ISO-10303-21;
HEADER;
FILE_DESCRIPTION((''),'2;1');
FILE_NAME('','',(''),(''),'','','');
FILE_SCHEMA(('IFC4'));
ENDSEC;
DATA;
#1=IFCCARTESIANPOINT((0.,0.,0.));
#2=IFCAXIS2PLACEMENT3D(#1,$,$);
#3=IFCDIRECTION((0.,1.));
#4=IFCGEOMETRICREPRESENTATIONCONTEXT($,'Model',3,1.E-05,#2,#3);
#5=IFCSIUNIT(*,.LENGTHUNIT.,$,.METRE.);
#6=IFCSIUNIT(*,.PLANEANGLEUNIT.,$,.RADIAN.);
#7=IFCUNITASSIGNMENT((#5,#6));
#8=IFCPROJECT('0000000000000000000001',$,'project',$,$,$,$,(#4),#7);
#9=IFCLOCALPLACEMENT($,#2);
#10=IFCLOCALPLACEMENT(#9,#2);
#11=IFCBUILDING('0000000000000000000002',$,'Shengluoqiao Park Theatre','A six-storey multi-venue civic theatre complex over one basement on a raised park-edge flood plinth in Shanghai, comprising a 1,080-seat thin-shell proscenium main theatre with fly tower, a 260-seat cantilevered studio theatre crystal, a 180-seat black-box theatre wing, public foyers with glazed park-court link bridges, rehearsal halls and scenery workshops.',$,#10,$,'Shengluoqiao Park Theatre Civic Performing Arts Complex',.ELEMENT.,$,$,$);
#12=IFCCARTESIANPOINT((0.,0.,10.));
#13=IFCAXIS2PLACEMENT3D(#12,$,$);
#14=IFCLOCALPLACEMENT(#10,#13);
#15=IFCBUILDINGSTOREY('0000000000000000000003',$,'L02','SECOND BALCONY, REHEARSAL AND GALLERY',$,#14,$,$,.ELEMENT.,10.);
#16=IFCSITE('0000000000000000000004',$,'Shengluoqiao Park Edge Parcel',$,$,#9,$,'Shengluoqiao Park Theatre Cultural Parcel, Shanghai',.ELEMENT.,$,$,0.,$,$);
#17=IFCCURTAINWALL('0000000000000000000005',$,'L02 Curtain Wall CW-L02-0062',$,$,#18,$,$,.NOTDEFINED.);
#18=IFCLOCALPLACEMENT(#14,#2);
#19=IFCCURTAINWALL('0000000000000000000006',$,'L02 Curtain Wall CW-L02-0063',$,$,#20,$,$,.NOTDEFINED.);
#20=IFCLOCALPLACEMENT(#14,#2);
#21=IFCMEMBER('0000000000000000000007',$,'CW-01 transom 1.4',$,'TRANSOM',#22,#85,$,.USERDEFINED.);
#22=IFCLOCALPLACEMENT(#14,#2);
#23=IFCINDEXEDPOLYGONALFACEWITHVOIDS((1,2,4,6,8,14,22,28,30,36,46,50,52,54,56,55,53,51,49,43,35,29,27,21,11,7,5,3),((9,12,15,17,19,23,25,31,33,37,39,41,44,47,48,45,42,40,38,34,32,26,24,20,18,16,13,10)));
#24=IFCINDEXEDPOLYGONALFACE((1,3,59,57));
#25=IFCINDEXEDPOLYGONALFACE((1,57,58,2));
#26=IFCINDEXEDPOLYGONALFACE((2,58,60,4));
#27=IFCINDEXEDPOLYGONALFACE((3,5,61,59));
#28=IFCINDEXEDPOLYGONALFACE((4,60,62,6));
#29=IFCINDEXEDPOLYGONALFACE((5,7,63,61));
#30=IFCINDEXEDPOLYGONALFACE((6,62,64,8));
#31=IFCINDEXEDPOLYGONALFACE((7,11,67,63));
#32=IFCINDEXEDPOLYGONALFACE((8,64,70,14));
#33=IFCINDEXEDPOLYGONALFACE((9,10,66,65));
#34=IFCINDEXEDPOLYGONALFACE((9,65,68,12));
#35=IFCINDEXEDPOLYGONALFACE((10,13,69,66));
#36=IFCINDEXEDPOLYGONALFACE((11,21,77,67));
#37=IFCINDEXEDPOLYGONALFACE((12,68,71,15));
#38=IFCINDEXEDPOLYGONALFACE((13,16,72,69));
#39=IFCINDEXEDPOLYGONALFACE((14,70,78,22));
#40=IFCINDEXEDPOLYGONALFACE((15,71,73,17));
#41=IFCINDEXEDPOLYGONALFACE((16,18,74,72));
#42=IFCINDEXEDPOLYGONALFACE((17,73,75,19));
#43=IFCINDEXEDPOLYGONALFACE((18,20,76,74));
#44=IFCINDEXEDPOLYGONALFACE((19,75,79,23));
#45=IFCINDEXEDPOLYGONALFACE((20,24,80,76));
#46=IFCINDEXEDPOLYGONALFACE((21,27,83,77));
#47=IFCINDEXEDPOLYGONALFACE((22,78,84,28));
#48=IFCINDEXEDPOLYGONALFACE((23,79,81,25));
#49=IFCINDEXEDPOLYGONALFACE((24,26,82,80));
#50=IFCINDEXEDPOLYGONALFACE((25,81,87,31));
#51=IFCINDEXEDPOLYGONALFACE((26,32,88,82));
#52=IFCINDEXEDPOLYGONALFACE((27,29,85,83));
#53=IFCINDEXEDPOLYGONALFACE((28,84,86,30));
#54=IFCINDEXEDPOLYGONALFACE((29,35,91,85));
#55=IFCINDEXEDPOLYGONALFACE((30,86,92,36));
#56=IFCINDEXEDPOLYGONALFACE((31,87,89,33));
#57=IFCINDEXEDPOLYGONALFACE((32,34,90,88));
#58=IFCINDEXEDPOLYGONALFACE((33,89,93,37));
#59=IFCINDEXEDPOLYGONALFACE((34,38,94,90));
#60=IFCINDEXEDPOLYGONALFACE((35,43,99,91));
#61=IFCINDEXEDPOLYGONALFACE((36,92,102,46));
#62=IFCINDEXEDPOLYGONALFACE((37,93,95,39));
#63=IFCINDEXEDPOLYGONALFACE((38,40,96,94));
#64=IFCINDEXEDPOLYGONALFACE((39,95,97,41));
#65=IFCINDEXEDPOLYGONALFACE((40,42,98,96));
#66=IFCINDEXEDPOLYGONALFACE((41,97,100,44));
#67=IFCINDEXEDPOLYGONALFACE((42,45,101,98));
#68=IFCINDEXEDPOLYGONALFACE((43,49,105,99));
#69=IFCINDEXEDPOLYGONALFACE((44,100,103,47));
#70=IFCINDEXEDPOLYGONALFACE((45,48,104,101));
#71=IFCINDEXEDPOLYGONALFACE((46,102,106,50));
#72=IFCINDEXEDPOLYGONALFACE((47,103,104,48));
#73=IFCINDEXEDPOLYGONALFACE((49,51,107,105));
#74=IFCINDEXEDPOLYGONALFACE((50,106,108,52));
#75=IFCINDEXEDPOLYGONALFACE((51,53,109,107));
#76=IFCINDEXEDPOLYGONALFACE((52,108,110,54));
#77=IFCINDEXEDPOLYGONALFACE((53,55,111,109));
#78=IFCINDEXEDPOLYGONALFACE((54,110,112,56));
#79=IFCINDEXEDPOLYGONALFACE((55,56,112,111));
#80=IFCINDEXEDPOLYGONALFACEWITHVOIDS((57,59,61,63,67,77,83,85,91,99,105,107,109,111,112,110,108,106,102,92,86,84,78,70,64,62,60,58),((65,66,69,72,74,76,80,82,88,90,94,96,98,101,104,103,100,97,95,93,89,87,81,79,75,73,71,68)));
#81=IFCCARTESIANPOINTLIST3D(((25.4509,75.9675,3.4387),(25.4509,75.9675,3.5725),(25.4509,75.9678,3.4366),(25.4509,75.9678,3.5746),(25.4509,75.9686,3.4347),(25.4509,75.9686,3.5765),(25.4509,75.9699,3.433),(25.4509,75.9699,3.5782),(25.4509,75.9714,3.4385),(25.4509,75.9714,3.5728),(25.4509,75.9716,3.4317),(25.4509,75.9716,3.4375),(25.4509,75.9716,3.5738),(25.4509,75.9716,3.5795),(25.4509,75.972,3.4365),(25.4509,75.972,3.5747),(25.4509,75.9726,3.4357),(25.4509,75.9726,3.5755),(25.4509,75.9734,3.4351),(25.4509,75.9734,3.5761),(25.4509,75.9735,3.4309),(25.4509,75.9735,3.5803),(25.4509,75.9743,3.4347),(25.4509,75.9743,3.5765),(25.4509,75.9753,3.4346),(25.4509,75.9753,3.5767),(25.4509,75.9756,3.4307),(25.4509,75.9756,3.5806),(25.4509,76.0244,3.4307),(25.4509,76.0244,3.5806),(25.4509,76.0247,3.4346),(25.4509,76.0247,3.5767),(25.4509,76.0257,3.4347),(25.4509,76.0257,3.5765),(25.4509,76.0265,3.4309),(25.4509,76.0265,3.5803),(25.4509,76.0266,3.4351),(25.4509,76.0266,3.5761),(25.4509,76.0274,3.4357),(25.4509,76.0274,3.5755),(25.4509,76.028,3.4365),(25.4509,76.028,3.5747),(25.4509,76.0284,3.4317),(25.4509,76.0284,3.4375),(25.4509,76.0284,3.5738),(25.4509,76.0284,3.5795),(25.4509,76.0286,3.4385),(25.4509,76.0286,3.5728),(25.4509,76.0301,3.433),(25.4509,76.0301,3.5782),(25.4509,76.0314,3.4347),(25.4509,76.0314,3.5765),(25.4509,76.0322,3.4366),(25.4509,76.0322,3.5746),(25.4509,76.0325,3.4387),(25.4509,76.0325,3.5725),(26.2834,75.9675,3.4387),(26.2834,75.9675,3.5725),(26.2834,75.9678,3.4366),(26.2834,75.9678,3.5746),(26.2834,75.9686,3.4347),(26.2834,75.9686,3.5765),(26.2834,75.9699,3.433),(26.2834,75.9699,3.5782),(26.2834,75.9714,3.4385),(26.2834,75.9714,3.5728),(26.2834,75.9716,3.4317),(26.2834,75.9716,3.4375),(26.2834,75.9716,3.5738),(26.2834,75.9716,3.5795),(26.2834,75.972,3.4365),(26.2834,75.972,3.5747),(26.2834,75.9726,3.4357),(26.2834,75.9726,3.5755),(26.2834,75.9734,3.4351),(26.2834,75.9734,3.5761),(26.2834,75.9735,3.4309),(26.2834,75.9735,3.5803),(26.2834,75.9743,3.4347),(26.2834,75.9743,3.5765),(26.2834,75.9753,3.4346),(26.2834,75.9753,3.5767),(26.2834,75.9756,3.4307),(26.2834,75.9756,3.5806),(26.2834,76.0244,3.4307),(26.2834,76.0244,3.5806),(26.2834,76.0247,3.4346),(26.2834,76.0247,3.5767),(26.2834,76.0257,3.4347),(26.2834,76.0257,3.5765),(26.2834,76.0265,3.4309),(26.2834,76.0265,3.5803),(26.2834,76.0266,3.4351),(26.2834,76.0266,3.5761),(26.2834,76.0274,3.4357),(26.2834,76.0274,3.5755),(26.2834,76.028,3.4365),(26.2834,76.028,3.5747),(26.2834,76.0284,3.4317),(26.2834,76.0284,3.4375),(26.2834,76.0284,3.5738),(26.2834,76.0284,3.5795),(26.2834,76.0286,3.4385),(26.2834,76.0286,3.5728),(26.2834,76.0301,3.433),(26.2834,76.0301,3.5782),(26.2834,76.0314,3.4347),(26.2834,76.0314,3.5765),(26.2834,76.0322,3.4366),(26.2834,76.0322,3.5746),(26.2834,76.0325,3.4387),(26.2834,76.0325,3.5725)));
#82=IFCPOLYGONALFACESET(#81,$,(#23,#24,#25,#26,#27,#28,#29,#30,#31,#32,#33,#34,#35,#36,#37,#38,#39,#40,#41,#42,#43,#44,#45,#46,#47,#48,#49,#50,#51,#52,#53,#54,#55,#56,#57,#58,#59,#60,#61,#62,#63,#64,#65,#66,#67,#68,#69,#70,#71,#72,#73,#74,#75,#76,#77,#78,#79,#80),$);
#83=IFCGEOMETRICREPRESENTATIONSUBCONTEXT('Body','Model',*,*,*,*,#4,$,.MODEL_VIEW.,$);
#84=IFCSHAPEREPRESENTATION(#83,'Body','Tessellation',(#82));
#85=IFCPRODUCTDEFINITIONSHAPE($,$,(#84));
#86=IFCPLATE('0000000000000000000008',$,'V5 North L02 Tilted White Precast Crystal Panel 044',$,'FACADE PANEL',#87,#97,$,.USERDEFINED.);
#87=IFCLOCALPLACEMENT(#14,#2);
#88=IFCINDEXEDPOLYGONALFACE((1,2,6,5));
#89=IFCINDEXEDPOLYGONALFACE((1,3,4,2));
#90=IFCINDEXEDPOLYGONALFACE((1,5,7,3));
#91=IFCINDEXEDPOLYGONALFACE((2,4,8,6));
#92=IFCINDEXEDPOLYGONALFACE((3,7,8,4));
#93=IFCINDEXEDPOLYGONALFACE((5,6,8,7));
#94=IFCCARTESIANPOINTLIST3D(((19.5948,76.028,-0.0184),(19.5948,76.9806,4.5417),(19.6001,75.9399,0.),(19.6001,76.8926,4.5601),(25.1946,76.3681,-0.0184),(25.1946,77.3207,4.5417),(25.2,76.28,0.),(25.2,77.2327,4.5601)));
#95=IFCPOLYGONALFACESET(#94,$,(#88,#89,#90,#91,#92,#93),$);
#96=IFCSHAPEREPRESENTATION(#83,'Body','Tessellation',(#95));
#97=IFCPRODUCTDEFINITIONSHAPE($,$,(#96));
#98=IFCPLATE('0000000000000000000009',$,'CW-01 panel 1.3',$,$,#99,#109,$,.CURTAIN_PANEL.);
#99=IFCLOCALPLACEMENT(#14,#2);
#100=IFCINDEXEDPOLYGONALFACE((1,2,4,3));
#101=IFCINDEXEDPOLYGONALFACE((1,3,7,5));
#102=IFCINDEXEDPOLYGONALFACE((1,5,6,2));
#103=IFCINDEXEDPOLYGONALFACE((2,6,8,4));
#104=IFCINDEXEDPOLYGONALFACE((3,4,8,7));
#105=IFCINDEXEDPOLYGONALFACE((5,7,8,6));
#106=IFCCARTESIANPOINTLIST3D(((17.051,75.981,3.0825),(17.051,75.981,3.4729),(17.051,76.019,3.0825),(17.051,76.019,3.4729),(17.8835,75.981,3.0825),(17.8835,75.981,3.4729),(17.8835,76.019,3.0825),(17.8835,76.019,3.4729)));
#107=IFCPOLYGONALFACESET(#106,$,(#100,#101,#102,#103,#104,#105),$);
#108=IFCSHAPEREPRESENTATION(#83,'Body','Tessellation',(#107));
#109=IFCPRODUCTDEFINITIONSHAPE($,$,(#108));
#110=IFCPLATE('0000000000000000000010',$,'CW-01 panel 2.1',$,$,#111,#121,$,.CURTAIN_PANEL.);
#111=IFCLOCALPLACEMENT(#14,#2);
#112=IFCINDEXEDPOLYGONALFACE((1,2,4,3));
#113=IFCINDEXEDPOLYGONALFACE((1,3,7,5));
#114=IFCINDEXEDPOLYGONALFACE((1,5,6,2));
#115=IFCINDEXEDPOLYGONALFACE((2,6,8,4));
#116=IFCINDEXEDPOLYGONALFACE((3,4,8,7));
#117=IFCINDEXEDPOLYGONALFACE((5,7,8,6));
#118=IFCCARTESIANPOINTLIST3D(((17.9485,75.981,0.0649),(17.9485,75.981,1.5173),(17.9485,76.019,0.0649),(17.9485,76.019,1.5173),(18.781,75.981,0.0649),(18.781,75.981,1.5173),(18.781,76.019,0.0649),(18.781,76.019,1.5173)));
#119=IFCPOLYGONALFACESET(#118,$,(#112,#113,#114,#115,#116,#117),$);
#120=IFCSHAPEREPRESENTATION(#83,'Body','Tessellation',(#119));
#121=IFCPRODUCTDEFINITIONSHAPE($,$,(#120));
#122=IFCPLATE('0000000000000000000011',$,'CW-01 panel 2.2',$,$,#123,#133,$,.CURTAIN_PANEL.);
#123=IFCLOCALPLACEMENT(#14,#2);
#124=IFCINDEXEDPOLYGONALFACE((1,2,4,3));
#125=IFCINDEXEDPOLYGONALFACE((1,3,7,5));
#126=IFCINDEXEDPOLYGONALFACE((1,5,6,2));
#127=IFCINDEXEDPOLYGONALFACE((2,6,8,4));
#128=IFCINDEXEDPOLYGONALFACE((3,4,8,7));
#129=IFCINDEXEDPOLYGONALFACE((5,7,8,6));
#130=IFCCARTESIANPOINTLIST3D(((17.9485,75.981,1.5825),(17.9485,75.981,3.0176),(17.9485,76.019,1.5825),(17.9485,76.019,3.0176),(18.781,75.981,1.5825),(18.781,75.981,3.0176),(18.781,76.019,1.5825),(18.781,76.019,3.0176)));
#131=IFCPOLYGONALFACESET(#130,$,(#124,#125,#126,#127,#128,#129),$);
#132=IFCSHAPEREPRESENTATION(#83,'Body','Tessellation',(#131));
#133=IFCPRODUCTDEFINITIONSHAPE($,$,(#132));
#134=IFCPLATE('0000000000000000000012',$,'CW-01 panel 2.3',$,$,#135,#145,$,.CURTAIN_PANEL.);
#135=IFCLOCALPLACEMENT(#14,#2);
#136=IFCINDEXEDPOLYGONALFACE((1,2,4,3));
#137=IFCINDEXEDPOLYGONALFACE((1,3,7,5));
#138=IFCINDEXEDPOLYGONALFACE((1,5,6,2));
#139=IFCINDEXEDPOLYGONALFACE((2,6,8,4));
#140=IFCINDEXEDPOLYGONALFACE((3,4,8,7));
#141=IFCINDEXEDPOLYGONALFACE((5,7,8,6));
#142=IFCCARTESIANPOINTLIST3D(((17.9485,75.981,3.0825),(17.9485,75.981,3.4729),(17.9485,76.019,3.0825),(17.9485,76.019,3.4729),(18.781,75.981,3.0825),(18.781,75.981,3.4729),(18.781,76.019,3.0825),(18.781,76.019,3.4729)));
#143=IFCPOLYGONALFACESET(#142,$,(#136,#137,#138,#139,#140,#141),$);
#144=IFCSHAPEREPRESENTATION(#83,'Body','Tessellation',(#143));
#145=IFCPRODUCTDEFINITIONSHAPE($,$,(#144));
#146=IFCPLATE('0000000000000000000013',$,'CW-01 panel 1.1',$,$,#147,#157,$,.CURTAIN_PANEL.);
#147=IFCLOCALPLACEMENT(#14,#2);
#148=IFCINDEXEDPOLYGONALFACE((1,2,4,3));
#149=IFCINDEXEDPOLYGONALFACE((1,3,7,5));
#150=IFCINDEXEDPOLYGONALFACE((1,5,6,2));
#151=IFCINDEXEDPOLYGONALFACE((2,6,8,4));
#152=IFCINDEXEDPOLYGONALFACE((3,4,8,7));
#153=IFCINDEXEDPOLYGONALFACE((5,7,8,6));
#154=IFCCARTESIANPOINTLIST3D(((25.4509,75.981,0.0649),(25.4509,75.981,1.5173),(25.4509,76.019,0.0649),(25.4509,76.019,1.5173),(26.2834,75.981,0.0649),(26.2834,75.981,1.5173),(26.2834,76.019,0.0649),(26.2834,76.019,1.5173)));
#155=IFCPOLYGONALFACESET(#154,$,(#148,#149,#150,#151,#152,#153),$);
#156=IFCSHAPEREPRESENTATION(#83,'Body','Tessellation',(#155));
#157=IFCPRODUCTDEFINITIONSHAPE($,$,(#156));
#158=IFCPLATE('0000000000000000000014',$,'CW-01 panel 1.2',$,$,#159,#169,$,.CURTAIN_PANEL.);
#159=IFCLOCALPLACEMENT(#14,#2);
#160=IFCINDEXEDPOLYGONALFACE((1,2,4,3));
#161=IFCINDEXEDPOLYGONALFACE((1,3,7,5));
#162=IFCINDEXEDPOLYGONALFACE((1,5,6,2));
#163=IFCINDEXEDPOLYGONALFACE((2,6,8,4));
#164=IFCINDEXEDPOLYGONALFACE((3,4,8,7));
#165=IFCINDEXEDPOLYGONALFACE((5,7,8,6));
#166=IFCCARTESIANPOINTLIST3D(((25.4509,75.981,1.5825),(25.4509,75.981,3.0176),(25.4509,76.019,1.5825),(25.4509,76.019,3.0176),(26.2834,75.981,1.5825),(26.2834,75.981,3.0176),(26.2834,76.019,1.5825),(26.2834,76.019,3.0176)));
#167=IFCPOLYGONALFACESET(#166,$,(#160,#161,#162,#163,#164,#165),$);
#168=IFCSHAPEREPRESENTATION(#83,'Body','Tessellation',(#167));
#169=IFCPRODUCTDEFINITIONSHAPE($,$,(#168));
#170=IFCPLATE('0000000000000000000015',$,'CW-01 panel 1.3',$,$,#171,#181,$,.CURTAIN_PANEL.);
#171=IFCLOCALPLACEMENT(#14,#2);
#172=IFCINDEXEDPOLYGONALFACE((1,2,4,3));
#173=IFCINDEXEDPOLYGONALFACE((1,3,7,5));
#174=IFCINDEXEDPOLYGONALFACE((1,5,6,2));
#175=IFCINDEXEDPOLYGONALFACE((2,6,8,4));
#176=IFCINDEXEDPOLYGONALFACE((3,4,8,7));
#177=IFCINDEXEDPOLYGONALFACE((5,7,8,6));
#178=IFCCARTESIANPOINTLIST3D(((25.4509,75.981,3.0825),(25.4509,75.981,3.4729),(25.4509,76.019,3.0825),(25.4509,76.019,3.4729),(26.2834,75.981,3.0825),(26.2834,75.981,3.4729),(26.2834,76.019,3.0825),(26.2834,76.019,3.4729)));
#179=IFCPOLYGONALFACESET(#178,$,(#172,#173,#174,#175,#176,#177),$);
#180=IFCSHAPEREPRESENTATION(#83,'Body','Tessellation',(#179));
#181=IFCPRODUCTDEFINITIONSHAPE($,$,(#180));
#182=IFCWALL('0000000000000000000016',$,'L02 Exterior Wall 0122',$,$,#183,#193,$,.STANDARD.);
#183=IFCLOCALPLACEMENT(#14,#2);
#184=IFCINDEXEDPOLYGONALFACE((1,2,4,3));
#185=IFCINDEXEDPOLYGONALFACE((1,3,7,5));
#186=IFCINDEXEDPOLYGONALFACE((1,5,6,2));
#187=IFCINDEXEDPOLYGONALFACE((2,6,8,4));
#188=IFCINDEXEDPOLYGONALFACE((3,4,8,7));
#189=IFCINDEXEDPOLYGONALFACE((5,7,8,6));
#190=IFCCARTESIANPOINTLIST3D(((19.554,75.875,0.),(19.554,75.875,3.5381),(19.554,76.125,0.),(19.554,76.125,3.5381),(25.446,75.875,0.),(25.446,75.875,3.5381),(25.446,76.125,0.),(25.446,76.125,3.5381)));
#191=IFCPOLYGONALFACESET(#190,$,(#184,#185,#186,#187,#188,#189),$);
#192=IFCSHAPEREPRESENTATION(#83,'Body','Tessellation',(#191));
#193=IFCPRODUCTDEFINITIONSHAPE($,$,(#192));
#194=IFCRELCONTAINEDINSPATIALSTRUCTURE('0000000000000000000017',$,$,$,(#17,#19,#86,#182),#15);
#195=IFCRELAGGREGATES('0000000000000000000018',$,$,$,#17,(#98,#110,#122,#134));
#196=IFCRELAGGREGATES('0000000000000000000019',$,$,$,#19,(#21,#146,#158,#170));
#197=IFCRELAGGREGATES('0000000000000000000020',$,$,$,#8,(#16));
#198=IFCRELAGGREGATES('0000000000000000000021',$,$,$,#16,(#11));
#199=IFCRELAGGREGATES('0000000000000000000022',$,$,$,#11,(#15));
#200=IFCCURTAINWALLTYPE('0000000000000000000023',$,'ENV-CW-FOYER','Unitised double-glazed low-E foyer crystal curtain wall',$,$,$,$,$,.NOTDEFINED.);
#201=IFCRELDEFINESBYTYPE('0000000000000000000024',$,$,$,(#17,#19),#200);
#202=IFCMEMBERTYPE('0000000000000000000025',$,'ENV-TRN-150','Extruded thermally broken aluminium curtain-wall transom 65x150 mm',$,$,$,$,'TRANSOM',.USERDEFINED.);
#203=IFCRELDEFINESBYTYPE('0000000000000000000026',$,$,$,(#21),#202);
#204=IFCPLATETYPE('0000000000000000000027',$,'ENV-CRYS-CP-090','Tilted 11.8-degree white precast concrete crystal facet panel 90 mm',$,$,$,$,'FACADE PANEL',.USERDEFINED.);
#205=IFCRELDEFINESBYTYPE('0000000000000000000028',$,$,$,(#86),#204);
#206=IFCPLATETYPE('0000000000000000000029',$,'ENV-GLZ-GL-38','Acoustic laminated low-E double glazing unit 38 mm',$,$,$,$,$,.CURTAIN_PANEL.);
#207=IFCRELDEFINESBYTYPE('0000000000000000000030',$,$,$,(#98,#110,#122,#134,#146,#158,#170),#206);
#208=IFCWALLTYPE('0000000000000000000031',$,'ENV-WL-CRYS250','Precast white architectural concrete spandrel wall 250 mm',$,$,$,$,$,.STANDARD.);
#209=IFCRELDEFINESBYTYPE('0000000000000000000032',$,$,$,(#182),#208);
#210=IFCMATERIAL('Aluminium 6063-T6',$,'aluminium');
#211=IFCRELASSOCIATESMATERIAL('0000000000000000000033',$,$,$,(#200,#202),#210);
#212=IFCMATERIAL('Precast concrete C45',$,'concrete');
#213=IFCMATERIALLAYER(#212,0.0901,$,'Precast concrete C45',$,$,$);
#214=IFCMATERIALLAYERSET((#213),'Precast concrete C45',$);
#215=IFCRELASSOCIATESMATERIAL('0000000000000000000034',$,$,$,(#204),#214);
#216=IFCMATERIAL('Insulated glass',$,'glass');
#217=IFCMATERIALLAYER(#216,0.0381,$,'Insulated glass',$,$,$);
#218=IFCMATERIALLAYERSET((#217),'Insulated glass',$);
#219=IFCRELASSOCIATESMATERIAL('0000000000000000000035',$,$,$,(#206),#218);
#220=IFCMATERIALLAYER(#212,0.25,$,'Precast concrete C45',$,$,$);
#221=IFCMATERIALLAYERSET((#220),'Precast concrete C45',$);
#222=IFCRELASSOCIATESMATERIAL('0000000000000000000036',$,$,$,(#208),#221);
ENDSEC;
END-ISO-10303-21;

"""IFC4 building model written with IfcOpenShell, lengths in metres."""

from ifc_helpers import new_model, si_unit, direction, frame, frame_2d, origin, origin_2d, place, context, subcontext, project, spatial, polyline, rectangle, hollow_rectangle, outline, extrude, material, layer, layer_set, material_profile, profile_set, type_object, element, aggregate, save


model = new_model("IFC4")

# Units and contexts
model_context = context("Model", 3, precision=1e-05, world=origin(), true_north=direction((0.0, 1.0)))
body_context = subcontext(model_context, "Body", "Model", "MODEL_VIEW")
ifc_project = project(units=[si_unit("LENGTHUNIT", "METRE"), si_unit("PLANEANGLEUNIT", "RADIAN")], contexts=[model_context])

# Site, building, storey
site_placement = place(None, origin())
site = spatial("IfcSite", under=ifc_project, at=site_placement, Name="Shengluoqiao Park Edge Parcel", LongName="Shengluoqiao Park Theatre Cultural Parcel, Shanghai", CompositionType="ELEMENT", RefElevation=0.0)
building_placement = place(site_placement, origin())
building = spatial("IfcBuilding", under=site, at=building_placement, Name="Shengluoqiao Park Theatre", Description="A six-storey multi-venue civic theatre complex over one basement on a raised park-edge flood plinth in Shanghai, comprising a 1,080-seat thin-shell proscenium main theatre with fly tower, a 260-seat cantilevered studio theatre crystal, a 180-seat black-box theatre wing, public foyers with glazed park-court link bridges, rehearsal halls and scenery workshops.", LongName="Shengluoqiao Park Theatre Civic Performing Arts Complex", CompositionType="ELEMENT")
storey_placement = place(building_placement, frame((0.0, 0.0, 10.0)))
storey = spatial("IfcBuildingStorey", under=building, at=storey_placement, Name="L02", Description="SECOND BALCONY, REHEARSAL AND GALLERY", CompositionType="ELEMENT", Elevation=10.0)

# Curtain wall
ifc_material_1 = material(Name="Aluminium 6063-T6", Category="aluminium")
curtain_wall_type = type_object("IfcCurtainWallType", Name="ENV-CW-FOYER", Description="Unitised double-glazed low-E foyer crystal curtain wall", PredefinedType="NOTDEFINED", material=ifc_material_1)
curtain_wall_1_placement = place(storey_placement, origin())
curtain_wall_1 = element("IfcCurtainWall", 1, at=curtain_wall_1_placement, inside=storey, type_object=curtain_wall_type, Name="L02 Curtain Wall CW-L02-0062", PredefinedType="NOTDEFINED")

# Curtain wall
curtain_wall_2_placement = place(storey_placement, origin())
curtain_wall_2 = element("IfcCurtainWall", 2, at=curtain_wall_2_placement, inside=storey, type_object=curtain_wall_type, Name="L02 Curtain Wall CW-L02-0063", PredefinedType="NOTDEFINED")

# Member
ifc_material_profile_1 = material_profile(ifc_material_1, hollow_rectangle(XDim=0.0649, YDim=0.1499, WallThickness=0.0039, InnerFilletRadius=0.0039, OuterFilletRadius=0.0081, at=origin_2d()), Name="ALU TRANSOM 150x65x4")
ifc_profile_set_1 = profile_set([ifc_material_profile_1], Name="Aluminium 6063-T6")
member_type_1 = type_object("IfcMemberType", Name="ENV-TRN-150", Description="Extruded thermally broken aluminium curtain-wall transom 65x150 mm", ElementType="TRANSOM", PredefinedType="USERDEFINED", material=ifc_profile_set_1)
member_1_placement = place(storey_placement, frame((25.4509, 76.0, 3.5056), z_axis=(1.0, 0.0, 0.0), x_axis=(0.0, 1.0, 0.0)))
member_1 = element("IfcMember", 3, at=member_1_placement, type_object=member_type_1, Name="CW-01 transom 1.4", ObjectType="TRANSOM", PredefinedType="USERDEFINED", context=body_context, shape_type="SweptSolid", body=[
    extrude(hollow_rectangle(XDim=0.0649, YDim=0.1499, WallThickness=0.0039, InnerFilletRadius=0.0039, OuterFilletRadius=0.0081, at=origin_2d()), origin(), (0.0, 0.0, 1.0), 0.8325),
])

# Plates
ifc_material_2 = material(Name="Precast concrete C45", Category="concrete")
ifc_layer_1 = layer(ifc_material_2, 0.0901, Name="Precast concrete C45")
ifc_layer_set_1 = layer_set([ifc_layer_1], Name="Precast concrete C45")
plate_type_1 = type_object("IfcPlateType", Name="ENV-CRYS-CP-090", Description="Tilted 11.8-degree white precast concrete crystal facet panel 90 mm", ElementType="FACADE PANEL", PredefinedType="USERDEFINED", material=ifc_layer_set_1)
plate_1_placement = place(storey_placement, frame((19.6001, 75.9399, 0.0), z_axis=(0.059343, -0.977143, 0.204134), x_axis=(0.998161, 0.06062, 0.0)))
element("IfcPlate", 4, at=plate_1_placement, inside=storey, type_object=plate_type_1, Name="V5 North L02 Tilted White Precast Crystal Panel 044", ObjectType="FACADE PANEL", PredefinedType="USERDEFINED", context=body_context, shape_type="SweptSolid", body=[
    extrude(outline(polyline([(0.0, 0.0), (5.6102, 0.0), (5.6679, 4.6581), (0.0577, 4.6581), (0.0, 0.0)])), origin(), (0.0, 0.0, -1.0), 0.0901),
])
ifc_material_3 = material(Name="Insulated glass", Category="glass")
ifc_layer_2 = layer(ifc_material_3, 0.0381, Name="Insulated glass")
ifc_layer_set_2 = layer_set([ifc_layer_2], Name="Insulated glass")
plate_type_2 = type_object("IfcPlateType", Name="ENV-GLZ-GL-38", Description="Acoustic laminated low-E double glazing unit 38 mm", PredefinedType="CURTAIN_PANEL", material=ifc_layer_set_2)
plate_2_placement = place(storey_placement, frame((17.4673, 76.0, 3.0825), z_axis=(0.0, 0.0, 1.0), x_axis=(1.0, 0.0, 0.0)))
plate_2 = element("IfcPlate", 5, at=plate_2_placement, type_object=plate_type_2, Name="CW-01 panel 1.3", PredefinedType="CURTAIN_PANEL", context=body_context, shape_type="SweptSolid", body=[
    extrude(rectangle(XDim=0.8325, YDim=0.0381, at=origin_2d()), origin(), (0.0, 0.0, 1.0), 0.3904),
])
plate_3_placement = place(storey_placement, frame((18.3647, 76.0, 0.0649), z_axis=(0.0, 0.0, 1.0), x_axis=(1.0, 0.0, 0.0)))
plate_3 = element("IfcPlate", 6, at=plate_3_placement, type_object=plate_type_2, Name="CW-01 panel 2.1", PredefinedType="CURTAIN_PANEL", context=body_context, shape_type="SweptSolid", body=[
    extrude(rectangle(XDim=0.8325, YDim=0.0381, at=origin_2d()), origin(), (0.0, 0.0, 1.0), 1.4524),
])
plate_4_placement = place(storey_placement, frame((18.3647, 76.0, 1.5825), z_axis=(0.0, 0.0, 1.0), x_axis=(1.0, 0.0, 0.0)))
plate_4 = element("IfcPlate", 7, at=plate_4_placement, type_object=plate_type_2, Name="CW-01 panel 2.2", PredefinedType="CURTAIN_PANEL", context=body_context, shape_type="SweptSolid", body=[
    extrude(rectangle(XDim=0.8325, YDim=0.0381, at=origin_2d()), origin(), (0.0, 0.0, 1.0), 1.4351),
])
plate_5_placement = place(storey_placement, frame((18.3647, 76.0, 3.0825), z_axis=(0.0, 0.0, 1.0), x_axis=(1.0, 0.0, 0.0)))
plate_5 = element("IfcPlate", 8, at=plate_5_placement, type_object=plate_type_2, Name="CW-01 panel 2.3", PredefinedType="CURTAIN_PANEL", context=body_context, shape_type="SweptSolid", body=[
    extrude(rectangle(XDim=0.8325, YDim=0.0381, at=origin_2d()), origin(), (0.0, 0.0, 1.0), 0.3904),
])
aggregate(curtain_wall_1, [plate_2, plate_3, plate_4, plate_5])
plate_6_placement = place(storey_placement, frame((25.8672, 76.0, 0.0649), z_axis=(0.0, 0.0, 1.0), x_axis=(1.0, 0.0, 0.0)))
plate_6 = element("IfcPlate", 9, at=plate_6_placement, type_object=plate_type_2, Name="CW-01 panel 1.1", PredefinedType="CURTAIN_PANEL", context=body_context, shape_type="SweptSolid", body=[
    extrude(rectangle(XDim=0.8325, YDim=0.0381, at=origin_2d()), origin(), (0.0, 0.0, 1.0), 1.4524),
])
plate_7_placement = place(storey_placement, frame((25.8672, 76.0, 1.5825), z_axis=(0.0, 0.0, 1.0), x_axis=(1.0, 0.0, 0.0)))
plate_7 = element("IfcPlate", 10, at=plate_7_placement, type_object=plate_type_2, Name="CW-01 panel 1.2", PredefinedType="CURTAIN_PANEL", context=body_context, shape_type="SweptSolid", body=[
    extrude(rectangle(XDim=0.8325, YDim=0.0381, at=origin_2d()), origin(), (0.0, 0.0, 1.0), 1.4351),
])
plate_8_placement = place(storey_placement, frame((25.8672, 76.0, 3.0825), z_axis=(0.0, 0.0, 1.0), x_axis=(1.0, 0.0, 0.0)))
plate_8 = element("IfcPlate", 11, at=plate_8_placement, type_object=plate_type_2, Name="CW-01 panel 1.3", PredefinedType="CURTAIN_PANEL", context=body_context, shape_type="SweptSolid", body=[
    extrude(rectangle(XDim=0.8325, YDim=0.0381, at=origin_2d()), origin(), (0.0, 0.0, 1.0), 0.3904),
])
aggregate(curtain_wall_2, [member_1, plate_6, plate_7, plate_8])

# Wall
ifc_layer_3 = layer(ifc_material_2, 0.25, Name="Precast concrete C45")
ifc_layer_set_3 = layer_set([ifc_layer_3], Name="Precast concrete C45")
wall_type_1 = type_object("IfcWallType", Name="ENV-WL-CRYS250", Description="Precast white architectural concrete spandrel wall 250 mm", PredefinedType="STANDARD", material=ifc_layer_set_3)
wall_1_placement = place(storey_placement, frame((19.554, 76.0, 0.0), z_axis=(0.0, 0.0, 1.0), x_axis=(1.0, 0.0, 0.0)))
element("IfcWall", 12, at=wall_1_placement, inside=storey, type_object=wall_type_1, Name="L02 Exterior Wall 0122", PredefinedType="STANDARD", context=body_context, shape_type="SweptSolid", body=[
    extrude(rectangle(XDim=5.8921, YDim=0.25, at=frame_2d((2.946, 0.0))), origin(), (0.0, 0.0, 1.0), 3.5381),
])

save(model, "model.ifc")
